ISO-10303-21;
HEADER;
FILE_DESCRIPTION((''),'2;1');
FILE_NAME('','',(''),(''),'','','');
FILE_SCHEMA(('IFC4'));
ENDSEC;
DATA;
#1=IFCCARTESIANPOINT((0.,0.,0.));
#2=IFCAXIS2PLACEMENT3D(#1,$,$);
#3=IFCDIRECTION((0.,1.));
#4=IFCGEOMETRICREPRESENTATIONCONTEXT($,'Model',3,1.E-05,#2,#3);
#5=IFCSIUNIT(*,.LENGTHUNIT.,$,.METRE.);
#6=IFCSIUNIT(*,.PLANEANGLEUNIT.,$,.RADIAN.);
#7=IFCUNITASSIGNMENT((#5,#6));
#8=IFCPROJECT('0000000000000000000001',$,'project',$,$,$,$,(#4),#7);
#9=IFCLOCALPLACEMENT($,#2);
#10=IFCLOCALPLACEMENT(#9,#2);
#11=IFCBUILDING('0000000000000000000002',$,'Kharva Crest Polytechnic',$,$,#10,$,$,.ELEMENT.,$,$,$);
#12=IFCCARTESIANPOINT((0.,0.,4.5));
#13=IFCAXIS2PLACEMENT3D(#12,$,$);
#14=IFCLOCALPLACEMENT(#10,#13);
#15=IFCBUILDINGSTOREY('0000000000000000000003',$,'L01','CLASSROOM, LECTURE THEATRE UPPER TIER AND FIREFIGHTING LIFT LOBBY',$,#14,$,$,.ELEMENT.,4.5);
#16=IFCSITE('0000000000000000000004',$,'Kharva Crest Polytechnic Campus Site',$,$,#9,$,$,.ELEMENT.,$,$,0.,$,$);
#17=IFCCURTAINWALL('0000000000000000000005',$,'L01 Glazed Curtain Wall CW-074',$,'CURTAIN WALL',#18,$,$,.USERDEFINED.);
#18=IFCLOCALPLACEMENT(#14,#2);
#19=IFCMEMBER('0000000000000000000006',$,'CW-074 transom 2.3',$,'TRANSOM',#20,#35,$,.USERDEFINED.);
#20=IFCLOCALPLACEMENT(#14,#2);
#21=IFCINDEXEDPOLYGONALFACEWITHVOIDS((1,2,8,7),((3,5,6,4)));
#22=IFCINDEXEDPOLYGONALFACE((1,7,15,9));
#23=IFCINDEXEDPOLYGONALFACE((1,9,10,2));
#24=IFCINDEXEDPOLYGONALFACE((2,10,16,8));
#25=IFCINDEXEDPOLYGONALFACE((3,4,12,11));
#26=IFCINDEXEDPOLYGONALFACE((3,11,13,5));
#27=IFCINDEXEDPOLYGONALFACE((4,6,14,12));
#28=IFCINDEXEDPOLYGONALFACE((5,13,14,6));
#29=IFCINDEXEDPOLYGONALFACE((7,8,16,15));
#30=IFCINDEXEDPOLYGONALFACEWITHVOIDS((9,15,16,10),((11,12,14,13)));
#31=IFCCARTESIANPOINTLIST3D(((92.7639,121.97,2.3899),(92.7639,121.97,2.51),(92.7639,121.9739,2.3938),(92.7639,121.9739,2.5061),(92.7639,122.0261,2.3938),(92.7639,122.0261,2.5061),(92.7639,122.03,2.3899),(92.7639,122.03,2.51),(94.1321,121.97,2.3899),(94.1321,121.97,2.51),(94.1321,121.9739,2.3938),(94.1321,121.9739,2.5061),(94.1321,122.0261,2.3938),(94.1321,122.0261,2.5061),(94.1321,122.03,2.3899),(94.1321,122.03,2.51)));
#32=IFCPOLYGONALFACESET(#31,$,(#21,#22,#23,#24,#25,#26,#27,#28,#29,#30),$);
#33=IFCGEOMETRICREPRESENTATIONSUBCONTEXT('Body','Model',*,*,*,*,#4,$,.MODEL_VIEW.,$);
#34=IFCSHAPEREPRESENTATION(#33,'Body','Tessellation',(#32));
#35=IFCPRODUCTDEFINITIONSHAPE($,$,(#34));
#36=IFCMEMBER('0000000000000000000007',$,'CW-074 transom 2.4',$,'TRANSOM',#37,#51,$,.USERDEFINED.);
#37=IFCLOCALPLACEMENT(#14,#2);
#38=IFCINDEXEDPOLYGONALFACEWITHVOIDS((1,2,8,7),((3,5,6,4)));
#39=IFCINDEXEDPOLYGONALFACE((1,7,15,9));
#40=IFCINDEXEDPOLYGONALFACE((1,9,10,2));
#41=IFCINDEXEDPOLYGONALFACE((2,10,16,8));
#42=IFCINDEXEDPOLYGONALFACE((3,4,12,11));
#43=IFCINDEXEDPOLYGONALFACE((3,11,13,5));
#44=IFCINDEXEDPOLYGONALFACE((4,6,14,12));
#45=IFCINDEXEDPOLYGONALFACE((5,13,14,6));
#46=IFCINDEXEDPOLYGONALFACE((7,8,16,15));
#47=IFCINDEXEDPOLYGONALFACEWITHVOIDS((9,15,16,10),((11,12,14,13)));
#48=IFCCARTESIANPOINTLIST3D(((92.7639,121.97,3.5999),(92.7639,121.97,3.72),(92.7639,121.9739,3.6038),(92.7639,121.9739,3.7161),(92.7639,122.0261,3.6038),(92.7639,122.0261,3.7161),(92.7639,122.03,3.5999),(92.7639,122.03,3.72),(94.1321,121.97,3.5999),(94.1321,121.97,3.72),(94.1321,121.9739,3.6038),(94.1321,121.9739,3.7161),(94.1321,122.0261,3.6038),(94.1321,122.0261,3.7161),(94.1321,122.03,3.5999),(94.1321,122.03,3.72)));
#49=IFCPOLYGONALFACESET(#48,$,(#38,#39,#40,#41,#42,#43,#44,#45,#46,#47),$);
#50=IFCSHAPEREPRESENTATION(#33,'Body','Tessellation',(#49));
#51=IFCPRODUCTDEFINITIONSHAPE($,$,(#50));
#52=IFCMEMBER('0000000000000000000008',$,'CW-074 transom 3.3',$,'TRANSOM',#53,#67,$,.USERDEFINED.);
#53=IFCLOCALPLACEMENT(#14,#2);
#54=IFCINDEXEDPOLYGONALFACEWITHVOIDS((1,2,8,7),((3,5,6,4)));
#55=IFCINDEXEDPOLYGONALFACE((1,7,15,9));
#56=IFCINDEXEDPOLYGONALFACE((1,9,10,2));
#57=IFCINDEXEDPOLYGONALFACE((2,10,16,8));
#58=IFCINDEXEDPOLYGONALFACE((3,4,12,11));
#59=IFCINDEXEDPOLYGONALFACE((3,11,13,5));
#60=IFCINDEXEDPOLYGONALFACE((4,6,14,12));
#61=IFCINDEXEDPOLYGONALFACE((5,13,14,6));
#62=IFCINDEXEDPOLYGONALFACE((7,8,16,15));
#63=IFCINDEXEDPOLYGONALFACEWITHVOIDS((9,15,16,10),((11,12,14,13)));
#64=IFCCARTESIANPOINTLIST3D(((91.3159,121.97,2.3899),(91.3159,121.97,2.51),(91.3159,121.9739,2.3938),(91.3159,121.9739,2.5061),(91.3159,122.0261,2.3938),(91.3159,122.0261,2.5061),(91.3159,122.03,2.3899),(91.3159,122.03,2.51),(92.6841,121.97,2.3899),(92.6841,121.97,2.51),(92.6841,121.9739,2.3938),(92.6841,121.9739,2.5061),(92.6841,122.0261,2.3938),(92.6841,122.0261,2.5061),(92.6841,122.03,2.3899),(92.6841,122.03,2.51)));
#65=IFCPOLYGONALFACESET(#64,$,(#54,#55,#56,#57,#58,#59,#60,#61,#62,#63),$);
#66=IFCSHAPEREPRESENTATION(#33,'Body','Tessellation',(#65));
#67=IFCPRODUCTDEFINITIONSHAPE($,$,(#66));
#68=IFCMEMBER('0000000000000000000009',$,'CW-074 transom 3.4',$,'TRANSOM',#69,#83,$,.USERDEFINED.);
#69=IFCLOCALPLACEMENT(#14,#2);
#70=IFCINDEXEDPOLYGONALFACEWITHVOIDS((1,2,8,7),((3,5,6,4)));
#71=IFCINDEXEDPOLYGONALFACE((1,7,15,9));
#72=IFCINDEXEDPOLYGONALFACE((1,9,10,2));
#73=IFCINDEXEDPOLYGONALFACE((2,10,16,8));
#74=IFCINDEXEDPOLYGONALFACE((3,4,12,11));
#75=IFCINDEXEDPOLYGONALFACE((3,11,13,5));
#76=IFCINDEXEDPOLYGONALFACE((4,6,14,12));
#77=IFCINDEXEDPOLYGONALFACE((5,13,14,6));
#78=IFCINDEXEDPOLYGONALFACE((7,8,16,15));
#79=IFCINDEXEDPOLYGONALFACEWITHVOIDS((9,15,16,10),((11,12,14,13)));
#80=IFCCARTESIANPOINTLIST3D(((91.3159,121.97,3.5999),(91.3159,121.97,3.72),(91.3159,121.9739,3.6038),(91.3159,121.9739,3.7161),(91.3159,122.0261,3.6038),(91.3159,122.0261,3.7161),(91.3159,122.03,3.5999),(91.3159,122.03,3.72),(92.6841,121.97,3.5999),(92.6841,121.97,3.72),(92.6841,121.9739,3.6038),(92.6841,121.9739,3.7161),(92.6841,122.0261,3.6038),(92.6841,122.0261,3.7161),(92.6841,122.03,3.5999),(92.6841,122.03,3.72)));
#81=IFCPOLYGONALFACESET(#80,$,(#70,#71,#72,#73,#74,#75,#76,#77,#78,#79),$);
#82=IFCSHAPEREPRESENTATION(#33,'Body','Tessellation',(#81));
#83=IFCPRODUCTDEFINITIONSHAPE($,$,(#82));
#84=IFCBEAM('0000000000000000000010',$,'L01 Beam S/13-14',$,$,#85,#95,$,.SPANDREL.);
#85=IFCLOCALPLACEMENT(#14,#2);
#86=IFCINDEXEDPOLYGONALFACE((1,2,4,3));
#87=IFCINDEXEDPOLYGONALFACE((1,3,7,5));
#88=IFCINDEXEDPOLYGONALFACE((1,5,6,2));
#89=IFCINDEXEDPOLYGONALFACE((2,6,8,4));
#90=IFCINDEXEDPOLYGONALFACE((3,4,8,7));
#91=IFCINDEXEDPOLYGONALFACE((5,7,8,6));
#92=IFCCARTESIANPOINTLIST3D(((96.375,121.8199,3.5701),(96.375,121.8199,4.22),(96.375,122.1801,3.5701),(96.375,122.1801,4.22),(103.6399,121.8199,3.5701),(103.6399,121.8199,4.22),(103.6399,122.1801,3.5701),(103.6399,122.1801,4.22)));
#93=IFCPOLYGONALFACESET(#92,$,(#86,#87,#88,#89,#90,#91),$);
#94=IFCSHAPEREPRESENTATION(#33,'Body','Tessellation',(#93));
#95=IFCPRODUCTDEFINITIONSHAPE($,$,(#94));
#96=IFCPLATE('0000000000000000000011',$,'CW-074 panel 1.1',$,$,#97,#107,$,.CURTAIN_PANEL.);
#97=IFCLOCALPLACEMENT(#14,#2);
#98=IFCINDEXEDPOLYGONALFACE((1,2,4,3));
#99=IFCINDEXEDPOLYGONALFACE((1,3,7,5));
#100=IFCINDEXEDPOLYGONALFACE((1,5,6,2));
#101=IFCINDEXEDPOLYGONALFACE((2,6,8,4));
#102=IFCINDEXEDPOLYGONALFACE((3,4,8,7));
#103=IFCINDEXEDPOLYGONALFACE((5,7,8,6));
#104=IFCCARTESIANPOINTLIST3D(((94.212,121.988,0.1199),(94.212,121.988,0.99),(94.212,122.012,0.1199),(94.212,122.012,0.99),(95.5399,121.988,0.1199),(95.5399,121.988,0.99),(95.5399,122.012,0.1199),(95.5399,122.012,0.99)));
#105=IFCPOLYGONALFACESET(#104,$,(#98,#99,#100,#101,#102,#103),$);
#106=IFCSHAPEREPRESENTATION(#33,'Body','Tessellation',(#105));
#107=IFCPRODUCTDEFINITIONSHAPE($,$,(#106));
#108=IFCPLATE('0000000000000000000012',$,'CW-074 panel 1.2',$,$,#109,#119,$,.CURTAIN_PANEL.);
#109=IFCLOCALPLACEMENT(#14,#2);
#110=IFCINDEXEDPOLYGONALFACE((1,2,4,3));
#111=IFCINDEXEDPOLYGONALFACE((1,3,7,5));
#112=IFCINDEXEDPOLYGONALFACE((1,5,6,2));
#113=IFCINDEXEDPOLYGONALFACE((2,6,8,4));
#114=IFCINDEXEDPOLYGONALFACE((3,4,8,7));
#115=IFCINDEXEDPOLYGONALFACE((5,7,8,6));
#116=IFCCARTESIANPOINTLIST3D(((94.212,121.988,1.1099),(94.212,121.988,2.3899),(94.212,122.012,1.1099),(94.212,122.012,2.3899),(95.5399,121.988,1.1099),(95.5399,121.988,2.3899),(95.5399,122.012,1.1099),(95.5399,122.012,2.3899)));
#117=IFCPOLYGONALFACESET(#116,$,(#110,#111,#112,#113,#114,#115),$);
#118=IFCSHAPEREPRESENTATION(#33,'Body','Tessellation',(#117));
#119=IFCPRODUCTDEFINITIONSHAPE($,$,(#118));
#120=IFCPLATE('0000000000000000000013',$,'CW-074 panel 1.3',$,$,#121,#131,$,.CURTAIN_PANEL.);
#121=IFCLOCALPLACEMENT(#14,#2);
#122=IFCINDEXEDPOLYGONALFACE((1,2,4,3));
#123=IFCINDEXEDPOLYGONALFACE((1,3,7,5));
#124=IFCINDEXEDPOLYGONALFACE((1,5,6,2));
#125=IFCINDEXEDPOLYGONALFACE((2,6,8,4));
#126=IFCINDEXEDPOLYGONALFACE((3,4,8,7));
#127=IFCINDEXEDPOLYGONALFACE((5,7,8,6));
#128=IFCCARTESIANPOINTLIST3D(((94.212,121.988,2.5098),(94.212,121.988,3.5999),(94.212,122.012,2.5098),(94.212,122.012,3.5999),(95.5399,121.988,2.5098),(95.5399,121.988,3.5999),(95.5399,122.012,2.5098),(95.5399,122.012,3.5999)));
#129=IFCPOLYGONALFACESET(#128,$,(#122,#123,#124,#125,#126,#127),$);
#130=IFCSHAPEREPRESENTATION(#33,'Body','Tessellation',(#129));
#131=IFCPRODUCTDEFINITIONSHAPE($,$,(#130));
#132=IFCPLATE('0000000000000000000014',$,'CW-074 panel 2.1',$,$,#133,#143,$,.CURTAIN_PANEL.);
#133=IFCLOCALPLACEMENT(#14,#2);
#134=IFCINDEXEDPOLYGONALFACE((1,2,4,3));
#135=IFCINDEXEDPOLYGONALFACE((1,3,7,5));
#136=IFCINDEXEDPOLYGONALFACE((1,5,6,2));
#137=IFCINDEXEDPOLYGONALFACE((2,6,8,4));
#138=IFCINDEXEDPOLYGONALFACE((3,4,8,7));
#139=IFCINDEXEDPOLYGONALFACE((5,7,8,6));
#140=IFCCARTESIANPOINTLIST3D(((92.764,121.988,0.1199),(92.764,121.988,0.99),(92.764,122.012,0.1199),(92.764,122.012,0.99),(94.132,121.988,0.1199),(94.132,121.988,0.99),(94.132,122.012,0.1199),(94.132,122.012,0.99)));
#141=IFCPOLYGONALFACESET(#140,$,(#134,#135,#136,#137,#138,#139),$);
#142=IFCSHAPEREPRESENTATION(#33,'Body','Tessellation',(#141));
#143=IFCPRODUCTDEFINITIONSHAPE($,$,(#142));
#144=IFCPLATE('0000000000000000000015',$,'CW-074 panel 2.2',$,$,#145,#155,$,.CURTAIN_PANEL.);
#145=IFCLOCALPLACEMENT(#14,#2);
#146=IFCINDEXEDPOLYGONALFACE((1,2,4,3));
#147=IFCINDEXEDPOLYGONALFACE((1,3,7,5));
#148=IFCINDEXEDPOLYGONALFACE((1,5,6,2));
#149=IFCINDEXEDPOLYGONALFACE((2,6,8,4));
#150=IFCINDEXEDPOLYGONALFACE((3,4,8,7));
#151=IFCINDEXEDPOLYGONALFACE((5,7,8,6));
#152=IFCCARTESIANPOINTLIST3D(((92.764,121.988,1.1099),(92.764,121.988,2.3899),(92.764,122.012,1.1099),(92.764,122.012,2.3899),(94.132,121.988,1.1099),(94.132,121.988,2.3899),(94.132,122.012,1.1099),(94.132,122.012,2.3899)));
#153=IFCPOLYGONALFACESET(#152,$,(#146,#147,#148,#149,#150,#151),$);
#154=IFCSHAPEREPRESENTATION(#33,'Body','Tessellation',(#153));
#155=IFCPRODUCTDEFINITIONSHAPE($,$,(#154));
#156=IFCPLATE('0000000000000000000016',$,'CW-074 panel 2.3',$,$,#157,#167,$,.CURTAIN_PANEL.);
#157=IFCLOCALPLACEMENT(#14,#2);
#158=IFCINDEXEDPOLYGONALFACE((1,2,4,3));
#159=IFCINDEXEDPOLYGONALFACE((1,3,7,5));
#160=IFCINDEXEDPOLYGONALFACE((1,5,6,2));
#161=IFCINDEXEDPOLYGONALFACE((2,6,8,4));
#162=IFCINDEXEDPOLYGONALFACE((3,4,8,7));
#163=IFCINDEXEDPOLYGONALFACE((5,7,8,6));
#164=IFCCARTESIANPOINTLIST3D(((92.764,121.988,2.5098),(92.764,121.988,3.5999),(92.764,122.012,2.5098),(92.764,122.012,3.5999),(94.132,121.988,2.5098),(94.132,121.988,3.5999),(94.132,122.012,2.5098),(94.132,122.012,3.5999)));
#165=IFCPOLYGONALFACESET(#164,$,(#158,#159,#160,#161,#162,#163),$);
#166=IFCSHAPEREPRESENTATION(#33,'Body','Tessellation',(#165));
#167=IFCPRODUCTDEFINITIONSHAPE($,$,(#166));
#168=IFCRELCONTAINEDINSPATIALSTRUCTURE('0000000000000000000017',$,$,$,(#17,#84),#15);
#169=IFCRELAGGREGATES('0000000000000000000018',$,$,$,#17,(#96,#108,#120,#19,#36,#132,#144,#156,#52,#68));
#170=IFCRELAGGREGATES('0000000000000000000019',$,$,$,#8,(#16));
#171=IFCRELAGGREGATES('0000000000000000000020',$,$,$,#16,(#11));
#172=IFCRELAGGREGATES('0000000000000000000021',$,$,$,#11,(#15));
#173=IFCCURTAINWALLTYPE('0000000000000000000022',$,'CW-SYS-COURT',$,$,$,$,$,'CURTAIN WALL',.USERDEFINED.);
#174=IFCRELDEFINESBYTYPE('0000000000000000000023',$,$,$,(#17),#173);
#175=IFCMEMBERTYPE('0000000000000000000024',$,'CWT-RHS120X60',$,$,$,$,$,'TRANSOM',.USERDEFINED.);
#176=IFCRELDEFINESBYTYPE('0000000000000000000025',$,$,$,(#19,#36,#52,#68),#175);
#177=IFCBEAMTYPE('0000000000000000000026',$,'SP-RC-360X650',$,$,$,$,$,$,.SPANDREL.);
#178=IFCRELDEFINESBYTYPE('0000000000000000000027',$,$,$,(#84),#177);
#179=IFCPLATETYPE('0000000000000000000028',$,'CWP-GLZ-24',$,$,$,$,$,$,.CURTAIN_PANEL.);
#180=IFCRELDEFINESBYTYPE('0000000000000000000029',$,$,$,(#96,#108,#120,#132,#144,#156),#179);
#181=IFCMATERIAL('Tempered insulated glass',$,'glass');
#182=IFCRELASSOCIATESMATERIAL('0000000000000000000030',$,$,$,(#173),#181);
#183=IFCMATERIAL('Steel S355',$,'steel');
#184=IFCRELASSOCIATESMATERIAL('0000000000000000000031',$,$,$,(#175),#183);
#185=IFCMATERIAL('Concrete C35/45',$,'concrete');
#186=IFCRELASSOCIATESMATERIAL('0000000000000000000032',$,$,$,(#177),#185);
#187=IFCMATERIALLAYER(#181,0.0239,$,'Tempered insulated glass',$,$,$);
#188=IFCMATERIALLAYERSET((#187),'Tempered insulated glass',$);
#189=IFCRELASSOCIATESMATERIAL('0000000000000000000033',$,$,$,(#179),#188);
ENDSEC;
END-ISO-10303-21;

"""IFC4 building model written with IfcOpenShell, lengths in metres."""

from ifc_helpers import new_model, si_unit, direction, frame, origin, origin_2d, place, context, subcontext, project, spatial, rectangle, hollow_rectangle, extrude, material, layer, layer_set, material_profile, profile_set, type_object, element, aggregate, save


model = new_model("IFC4")

# Units and contexts
model_context = context("Model", 3, precision=1e-05, world=origin(), true_north=direction((0.0, 1.0)))
body_context = subcontext(model_context, "Body", "Model", "MODEL_VIEW")
ifc_project = project(units=[si_unit("LENGTHUNIT", "METRE"), si_unit("PLANEANGLEUNIT", "RADIAN")], contexts=[model_context])

# Site, building, storey
site_placement = place(None, origin())
site = spatial("IfcSite", under=ifc_project, at=site_placement, Name="Kharva Crest Polytechnic Campus Site", CompositionType="ELEMENT", RefElevation=0.0)
building_placement = place(site_placement, origin())
building = spatial("IfcBuilding", under=site, at=building_placement, Name="Kharva Crest Polytechnic", CompositionType="ELEMENT")
storey_placement = place(building_placement, frame((0.0, 0.0, 4.5)))
storey = spatial("IfcBuildingStorey", under=building, at=storey_placement, Name="L01", Description="CLASSROOM, LECTURE THEATRE UPPER TIER AND FIREFIGHTING LIFT LOBBY", CompositionType="ELEMENT", Elevation=4.5)

# Curtain wall, members
ifc_material_1 = material(Name="Tempered insulated glass", Category="glass")
curtain_wall_type = type_object("IfcCurtainWallType", Name="CW-SYS-COURT", ElementType="CURTAIN WALL", PredefinedType="USERDEFINED", material=ifc_material_1)
curtain_wall_placement = place(storey_placement, origin())
curtain_wall = element("IfcCurtainWall", 1, at=curtain_wall_placement, inside=storey, type_object=curtain_wall_type, Name="L01 Glazed Curtain Wall CW-074", ObjectType="CURTAIN WALL", PredefinedType="USERDEFINED")
ifc_material_2 = material(Name="Steel S355", Category="steel")
ifc_material_profile_1 = material_profile(ifc_material_2, hollow_rectangle(XDim=0.0601, YDim=0.1201, WallThickness=0.0039, at=origin_2d()), Name="RHS 120X60X4.0")
ifc_profile_set_1 = profile_set([ifc_material_profile_1], Name="Steel S355")
member_type_1 = type_object("IfcMemberType", Name="CWT-RHS120X60", ElementType="TRANSOM", PredefinedType="USERDEFINED", material=ifc_profile_set_1)
member_1_placement = place(storey_placement, frame((94.1321, 122.0, 2.45), z_axis=(-1.0, 0.0, 0.0), x_axis=(0.0, -1.0, 0.0)))
member_1 = element("IfcMember", 2, at=member_1_placement, type_object=member_type_1, Name="CW-074 transom 2.3", ObjectType="TRANSOM", PredefinedType="USERDEFINED", context=body_context, shape_type="SweptSolid", body=[
    extrude(hollow_rectangle(XDim=0.0601, YDim=0.1201, WallThickness=0.0039, at=origin_2d()), origin(), (0.0, 0.0, 1.0), 1.3682),
])
member_2_placement = place(storey_placement, frame((94.1321, 122.0, 3.6599), z_axis=(-1.0, 0.0, 0.0), x_axis=(0.0, -1.0, 0.0)))
member_2 = element("IfcMember", 3, at=member_2_placement, type_object=member_type_1, Name="CW-074 transom 2.4", ObjectType="TRANSOM", PredefinedType="USERDEFINED", context=body_context, shape_type="SweptSolid", body=[
    extrude(hollow_rectangle(XDim=0.0601, YDim=0.1201, WallThickness=0.0039, at=origin_2d()), origin(), (0.0, 0.0, 1.0), 1.3682),
])
member_3_placement = place(storey_placement, frame((92.6841, 122.0, 2.45), z_axis=(-1.0, 0.0, 0.0), x_axis=(0.0, -1.0, 0.0)))
member_3 = element("IfcMember", 4, at=member_3_placement, type_object=member_type_1, Name="CW-074 transom 3.3", ObjectType="TRANSOM", PredefinedType="USERDEFINED", context=body_context, shape_type="SweptSolid", body=[
    extrude(hollow_rectangle(XDim=0.0601, YDim=0.1201, WallThickness=0.0039, at=origin_2d()), origin(), (0.0, 0.0, 1.0), 1.3682),
])
member_4_placement = place(storey_placement, frame((92.6841, 122.0, 3.6599), z_axis=(-1.0, 0.0, 0.0), x_axis=(0.0, -1.0, 0.0)))
member_4 = element("IfcMember", 5, at=member_4_placement, type_object=member_type_1, Name="CW-074 transom 3.4", ObjectType="TRANSOM", PredefinedType="USERDEFINED", context=body_context, shape_type="SweptSolid", body=[
    extrude(hollow_rectangle(XDim=0.0601, YDim=0.1201, WallThickness=0.0039, at=origin_2d()), origin(), (0.0, 0.0, 1.0), 1.3682),
])

# Beam
ifc_material_3 = material(Name="Concrete C35/45", Category="concrete")
ifc_material_profile_2 = material_profile(ifc_material_3, rectangle(XDim=0.3601, YDim=0.6499, at=origin_2d()), Name="RECT 360 X 650")
ifc_profile_set_2 = profile_set([ifc_material_profile_2], Name="Concrete C35/45")
beam_type = type_object("IfcBeamType", Name="SP-RC-360X650", PredefinedType="SPANDREL", material=ifc_profile_set_2)
beam_placement = place(storey_placement, frame((96.375, 122.0, 3.895), z_axis=(1.0, 0.0, 0.0), x_axis=(0.0, 1.0, 0.0)))
element("IfcBeam", 6, at=beam_placement, inside=storey, type_object=beam_type, Name="L01 Beam S/13-14", PredefinedType="SPANDREL", context=body_context, shape_type="SweptSolid", body=[
    extrude(rectangle(XDim=0.3601, YDim=0.6499, at=origin_2d()), origin(), (0.0, 0.0, 1.0), 7.2649),
])

# Plates
ifc_layer_1 = layer(ifc_material_1, 0.0239, Name="Tempered insulated glass")
ifc_layer_set_1 = layer_set([ifc_layer_1], Name="Tempered insulated glass")
plate_type = type_object("IfcPlateType", Name="CWP-GLZ-24", PredefinedType="CURTAIN_PANEL", material=ifc_layer_set_1)
plate_1_placement = place(storey_placement, frame((94.876, 122.0, 0.1199), z_axis=(0.0, 0.0, 1.0), x_axis=(-1.0, 0.0, 0.0)))
plate_1 = element("IfcPlate", 7, at=plate_1_placement, type_object=plate_type, Name="CW-074 panel 1.1", PredefinedType="CURTAIN_PANEL", context=body_context, shape_type="SweptSolid", body=[
    extrude(rectangle(XDim=1.3279, YDim=0.0239, at=origin_2d()), origin(), (0.0, 0.0, 1.0), 0.8701),
])
plate_2_placement = place(storey_placement, frame((94.876, 122.0, 1.1099), z_axis=(0.0, 0.0, 1.0), x_axis=(-1.0, 0.0, 0.0)))
plate_2 = element("IfcPlate", 8, at=plate_2_placement, type_object=plate_type, Name="CW-074 panel 1.2", PredefinedType="CURTAIN_PANEL", context=body_context, shape_type="SweptSolid", body=[
    extrude(rectangle(XDim=1.3279, YDim=0.0239, at=origin_2d()), origin(), (0.0, 0.0, 1.0), 1.28),
])
plate_3_placement = place(storey_placement, frame((94.876, 122.0, 2.5098), z_axis=(0.0, 0.0, 1.0), x_axis=(-1.0, 0.0, 0.0)))
plate_3 = element("IfcPlate", 9, at=plate_3_placement, type_object=plate_type, Name="CW-074 panel 1.3", PredefinedType="CURTAIN_PANEL", context=body_context, shape_type="SweptSolid", body=[
    extrude(rectangle(XDim=1.3279, YDim=0.0239, at=origin_2d()), origin(), (0.0, 0.0, 1.0), 1.0901),
])
plate_4_placement = place(storey_placement, frame((93.448, 122.0, 0.1199), z_axis=(0.0, 0.0, 1.0), x_axis=(-1.0, 0.0, 0.0)))
plate_4 = element("IfcPlate", 10, at=plate_4_placement, type_object=plate_type, Name="CW-074 panel 2.1", PredefinedType="CURTAIN_PANEL", context=body_context, shape_type="SweptSolid", body=[
    extrude(rectangle(XDim=1.3679, YDim=0.0239, at=origin_2d()), origin(), (0.0, 0.0, 1.0), 0.8701),
])
plate_5_placement = place(storey_placement, frame((93.448, 122.0, 1.1099), z_axis=(0.0, 0.0, 1.0), x_axis=(-1.0, 0.0, 0.0)))
plate_5 = element("IfcPlate", 11, at=plate_5_placement, type_object=plate_type, Name="CW-074 panel 2.2", PredefinedType="CURTAIN_PANEL", context=body_context, shape_type="SweptSolid", body=[
    extrude(rectangle(XDim=1.3679, YDim=0.0239, at=origin_2d()), origin(), (0.0, 0.0, 1.0), 1.28),
])
plate_6_placement = place(storey_placement, frame((93.448, 122.0, 2.5098), z_axis=(0.0, 0.0, 1.0), x_axis=(-1.0, 0.0, 0.0)))
plate_6 = element("IfcPlate", 12, at=plate_6_placement, type_object=plate_type, Name="CW-074 panel 2.3", PredefinedType="CURTAIN_PANEL", context=body_context, shape_type="SweptSolid", body=[
    extrude(rectangle(XDim=1.3679, YDim=0.0239, at=origin_2d()), origin(), (0.0, 0.0, 1.0), 1.0901),
])
aggregate(curtain_wall, [plate_1, plate_2, plate_3, member_1, member_2, plate_4, plate_5, plate_6, member_3, member_4])

save(model, "model.ifc")
